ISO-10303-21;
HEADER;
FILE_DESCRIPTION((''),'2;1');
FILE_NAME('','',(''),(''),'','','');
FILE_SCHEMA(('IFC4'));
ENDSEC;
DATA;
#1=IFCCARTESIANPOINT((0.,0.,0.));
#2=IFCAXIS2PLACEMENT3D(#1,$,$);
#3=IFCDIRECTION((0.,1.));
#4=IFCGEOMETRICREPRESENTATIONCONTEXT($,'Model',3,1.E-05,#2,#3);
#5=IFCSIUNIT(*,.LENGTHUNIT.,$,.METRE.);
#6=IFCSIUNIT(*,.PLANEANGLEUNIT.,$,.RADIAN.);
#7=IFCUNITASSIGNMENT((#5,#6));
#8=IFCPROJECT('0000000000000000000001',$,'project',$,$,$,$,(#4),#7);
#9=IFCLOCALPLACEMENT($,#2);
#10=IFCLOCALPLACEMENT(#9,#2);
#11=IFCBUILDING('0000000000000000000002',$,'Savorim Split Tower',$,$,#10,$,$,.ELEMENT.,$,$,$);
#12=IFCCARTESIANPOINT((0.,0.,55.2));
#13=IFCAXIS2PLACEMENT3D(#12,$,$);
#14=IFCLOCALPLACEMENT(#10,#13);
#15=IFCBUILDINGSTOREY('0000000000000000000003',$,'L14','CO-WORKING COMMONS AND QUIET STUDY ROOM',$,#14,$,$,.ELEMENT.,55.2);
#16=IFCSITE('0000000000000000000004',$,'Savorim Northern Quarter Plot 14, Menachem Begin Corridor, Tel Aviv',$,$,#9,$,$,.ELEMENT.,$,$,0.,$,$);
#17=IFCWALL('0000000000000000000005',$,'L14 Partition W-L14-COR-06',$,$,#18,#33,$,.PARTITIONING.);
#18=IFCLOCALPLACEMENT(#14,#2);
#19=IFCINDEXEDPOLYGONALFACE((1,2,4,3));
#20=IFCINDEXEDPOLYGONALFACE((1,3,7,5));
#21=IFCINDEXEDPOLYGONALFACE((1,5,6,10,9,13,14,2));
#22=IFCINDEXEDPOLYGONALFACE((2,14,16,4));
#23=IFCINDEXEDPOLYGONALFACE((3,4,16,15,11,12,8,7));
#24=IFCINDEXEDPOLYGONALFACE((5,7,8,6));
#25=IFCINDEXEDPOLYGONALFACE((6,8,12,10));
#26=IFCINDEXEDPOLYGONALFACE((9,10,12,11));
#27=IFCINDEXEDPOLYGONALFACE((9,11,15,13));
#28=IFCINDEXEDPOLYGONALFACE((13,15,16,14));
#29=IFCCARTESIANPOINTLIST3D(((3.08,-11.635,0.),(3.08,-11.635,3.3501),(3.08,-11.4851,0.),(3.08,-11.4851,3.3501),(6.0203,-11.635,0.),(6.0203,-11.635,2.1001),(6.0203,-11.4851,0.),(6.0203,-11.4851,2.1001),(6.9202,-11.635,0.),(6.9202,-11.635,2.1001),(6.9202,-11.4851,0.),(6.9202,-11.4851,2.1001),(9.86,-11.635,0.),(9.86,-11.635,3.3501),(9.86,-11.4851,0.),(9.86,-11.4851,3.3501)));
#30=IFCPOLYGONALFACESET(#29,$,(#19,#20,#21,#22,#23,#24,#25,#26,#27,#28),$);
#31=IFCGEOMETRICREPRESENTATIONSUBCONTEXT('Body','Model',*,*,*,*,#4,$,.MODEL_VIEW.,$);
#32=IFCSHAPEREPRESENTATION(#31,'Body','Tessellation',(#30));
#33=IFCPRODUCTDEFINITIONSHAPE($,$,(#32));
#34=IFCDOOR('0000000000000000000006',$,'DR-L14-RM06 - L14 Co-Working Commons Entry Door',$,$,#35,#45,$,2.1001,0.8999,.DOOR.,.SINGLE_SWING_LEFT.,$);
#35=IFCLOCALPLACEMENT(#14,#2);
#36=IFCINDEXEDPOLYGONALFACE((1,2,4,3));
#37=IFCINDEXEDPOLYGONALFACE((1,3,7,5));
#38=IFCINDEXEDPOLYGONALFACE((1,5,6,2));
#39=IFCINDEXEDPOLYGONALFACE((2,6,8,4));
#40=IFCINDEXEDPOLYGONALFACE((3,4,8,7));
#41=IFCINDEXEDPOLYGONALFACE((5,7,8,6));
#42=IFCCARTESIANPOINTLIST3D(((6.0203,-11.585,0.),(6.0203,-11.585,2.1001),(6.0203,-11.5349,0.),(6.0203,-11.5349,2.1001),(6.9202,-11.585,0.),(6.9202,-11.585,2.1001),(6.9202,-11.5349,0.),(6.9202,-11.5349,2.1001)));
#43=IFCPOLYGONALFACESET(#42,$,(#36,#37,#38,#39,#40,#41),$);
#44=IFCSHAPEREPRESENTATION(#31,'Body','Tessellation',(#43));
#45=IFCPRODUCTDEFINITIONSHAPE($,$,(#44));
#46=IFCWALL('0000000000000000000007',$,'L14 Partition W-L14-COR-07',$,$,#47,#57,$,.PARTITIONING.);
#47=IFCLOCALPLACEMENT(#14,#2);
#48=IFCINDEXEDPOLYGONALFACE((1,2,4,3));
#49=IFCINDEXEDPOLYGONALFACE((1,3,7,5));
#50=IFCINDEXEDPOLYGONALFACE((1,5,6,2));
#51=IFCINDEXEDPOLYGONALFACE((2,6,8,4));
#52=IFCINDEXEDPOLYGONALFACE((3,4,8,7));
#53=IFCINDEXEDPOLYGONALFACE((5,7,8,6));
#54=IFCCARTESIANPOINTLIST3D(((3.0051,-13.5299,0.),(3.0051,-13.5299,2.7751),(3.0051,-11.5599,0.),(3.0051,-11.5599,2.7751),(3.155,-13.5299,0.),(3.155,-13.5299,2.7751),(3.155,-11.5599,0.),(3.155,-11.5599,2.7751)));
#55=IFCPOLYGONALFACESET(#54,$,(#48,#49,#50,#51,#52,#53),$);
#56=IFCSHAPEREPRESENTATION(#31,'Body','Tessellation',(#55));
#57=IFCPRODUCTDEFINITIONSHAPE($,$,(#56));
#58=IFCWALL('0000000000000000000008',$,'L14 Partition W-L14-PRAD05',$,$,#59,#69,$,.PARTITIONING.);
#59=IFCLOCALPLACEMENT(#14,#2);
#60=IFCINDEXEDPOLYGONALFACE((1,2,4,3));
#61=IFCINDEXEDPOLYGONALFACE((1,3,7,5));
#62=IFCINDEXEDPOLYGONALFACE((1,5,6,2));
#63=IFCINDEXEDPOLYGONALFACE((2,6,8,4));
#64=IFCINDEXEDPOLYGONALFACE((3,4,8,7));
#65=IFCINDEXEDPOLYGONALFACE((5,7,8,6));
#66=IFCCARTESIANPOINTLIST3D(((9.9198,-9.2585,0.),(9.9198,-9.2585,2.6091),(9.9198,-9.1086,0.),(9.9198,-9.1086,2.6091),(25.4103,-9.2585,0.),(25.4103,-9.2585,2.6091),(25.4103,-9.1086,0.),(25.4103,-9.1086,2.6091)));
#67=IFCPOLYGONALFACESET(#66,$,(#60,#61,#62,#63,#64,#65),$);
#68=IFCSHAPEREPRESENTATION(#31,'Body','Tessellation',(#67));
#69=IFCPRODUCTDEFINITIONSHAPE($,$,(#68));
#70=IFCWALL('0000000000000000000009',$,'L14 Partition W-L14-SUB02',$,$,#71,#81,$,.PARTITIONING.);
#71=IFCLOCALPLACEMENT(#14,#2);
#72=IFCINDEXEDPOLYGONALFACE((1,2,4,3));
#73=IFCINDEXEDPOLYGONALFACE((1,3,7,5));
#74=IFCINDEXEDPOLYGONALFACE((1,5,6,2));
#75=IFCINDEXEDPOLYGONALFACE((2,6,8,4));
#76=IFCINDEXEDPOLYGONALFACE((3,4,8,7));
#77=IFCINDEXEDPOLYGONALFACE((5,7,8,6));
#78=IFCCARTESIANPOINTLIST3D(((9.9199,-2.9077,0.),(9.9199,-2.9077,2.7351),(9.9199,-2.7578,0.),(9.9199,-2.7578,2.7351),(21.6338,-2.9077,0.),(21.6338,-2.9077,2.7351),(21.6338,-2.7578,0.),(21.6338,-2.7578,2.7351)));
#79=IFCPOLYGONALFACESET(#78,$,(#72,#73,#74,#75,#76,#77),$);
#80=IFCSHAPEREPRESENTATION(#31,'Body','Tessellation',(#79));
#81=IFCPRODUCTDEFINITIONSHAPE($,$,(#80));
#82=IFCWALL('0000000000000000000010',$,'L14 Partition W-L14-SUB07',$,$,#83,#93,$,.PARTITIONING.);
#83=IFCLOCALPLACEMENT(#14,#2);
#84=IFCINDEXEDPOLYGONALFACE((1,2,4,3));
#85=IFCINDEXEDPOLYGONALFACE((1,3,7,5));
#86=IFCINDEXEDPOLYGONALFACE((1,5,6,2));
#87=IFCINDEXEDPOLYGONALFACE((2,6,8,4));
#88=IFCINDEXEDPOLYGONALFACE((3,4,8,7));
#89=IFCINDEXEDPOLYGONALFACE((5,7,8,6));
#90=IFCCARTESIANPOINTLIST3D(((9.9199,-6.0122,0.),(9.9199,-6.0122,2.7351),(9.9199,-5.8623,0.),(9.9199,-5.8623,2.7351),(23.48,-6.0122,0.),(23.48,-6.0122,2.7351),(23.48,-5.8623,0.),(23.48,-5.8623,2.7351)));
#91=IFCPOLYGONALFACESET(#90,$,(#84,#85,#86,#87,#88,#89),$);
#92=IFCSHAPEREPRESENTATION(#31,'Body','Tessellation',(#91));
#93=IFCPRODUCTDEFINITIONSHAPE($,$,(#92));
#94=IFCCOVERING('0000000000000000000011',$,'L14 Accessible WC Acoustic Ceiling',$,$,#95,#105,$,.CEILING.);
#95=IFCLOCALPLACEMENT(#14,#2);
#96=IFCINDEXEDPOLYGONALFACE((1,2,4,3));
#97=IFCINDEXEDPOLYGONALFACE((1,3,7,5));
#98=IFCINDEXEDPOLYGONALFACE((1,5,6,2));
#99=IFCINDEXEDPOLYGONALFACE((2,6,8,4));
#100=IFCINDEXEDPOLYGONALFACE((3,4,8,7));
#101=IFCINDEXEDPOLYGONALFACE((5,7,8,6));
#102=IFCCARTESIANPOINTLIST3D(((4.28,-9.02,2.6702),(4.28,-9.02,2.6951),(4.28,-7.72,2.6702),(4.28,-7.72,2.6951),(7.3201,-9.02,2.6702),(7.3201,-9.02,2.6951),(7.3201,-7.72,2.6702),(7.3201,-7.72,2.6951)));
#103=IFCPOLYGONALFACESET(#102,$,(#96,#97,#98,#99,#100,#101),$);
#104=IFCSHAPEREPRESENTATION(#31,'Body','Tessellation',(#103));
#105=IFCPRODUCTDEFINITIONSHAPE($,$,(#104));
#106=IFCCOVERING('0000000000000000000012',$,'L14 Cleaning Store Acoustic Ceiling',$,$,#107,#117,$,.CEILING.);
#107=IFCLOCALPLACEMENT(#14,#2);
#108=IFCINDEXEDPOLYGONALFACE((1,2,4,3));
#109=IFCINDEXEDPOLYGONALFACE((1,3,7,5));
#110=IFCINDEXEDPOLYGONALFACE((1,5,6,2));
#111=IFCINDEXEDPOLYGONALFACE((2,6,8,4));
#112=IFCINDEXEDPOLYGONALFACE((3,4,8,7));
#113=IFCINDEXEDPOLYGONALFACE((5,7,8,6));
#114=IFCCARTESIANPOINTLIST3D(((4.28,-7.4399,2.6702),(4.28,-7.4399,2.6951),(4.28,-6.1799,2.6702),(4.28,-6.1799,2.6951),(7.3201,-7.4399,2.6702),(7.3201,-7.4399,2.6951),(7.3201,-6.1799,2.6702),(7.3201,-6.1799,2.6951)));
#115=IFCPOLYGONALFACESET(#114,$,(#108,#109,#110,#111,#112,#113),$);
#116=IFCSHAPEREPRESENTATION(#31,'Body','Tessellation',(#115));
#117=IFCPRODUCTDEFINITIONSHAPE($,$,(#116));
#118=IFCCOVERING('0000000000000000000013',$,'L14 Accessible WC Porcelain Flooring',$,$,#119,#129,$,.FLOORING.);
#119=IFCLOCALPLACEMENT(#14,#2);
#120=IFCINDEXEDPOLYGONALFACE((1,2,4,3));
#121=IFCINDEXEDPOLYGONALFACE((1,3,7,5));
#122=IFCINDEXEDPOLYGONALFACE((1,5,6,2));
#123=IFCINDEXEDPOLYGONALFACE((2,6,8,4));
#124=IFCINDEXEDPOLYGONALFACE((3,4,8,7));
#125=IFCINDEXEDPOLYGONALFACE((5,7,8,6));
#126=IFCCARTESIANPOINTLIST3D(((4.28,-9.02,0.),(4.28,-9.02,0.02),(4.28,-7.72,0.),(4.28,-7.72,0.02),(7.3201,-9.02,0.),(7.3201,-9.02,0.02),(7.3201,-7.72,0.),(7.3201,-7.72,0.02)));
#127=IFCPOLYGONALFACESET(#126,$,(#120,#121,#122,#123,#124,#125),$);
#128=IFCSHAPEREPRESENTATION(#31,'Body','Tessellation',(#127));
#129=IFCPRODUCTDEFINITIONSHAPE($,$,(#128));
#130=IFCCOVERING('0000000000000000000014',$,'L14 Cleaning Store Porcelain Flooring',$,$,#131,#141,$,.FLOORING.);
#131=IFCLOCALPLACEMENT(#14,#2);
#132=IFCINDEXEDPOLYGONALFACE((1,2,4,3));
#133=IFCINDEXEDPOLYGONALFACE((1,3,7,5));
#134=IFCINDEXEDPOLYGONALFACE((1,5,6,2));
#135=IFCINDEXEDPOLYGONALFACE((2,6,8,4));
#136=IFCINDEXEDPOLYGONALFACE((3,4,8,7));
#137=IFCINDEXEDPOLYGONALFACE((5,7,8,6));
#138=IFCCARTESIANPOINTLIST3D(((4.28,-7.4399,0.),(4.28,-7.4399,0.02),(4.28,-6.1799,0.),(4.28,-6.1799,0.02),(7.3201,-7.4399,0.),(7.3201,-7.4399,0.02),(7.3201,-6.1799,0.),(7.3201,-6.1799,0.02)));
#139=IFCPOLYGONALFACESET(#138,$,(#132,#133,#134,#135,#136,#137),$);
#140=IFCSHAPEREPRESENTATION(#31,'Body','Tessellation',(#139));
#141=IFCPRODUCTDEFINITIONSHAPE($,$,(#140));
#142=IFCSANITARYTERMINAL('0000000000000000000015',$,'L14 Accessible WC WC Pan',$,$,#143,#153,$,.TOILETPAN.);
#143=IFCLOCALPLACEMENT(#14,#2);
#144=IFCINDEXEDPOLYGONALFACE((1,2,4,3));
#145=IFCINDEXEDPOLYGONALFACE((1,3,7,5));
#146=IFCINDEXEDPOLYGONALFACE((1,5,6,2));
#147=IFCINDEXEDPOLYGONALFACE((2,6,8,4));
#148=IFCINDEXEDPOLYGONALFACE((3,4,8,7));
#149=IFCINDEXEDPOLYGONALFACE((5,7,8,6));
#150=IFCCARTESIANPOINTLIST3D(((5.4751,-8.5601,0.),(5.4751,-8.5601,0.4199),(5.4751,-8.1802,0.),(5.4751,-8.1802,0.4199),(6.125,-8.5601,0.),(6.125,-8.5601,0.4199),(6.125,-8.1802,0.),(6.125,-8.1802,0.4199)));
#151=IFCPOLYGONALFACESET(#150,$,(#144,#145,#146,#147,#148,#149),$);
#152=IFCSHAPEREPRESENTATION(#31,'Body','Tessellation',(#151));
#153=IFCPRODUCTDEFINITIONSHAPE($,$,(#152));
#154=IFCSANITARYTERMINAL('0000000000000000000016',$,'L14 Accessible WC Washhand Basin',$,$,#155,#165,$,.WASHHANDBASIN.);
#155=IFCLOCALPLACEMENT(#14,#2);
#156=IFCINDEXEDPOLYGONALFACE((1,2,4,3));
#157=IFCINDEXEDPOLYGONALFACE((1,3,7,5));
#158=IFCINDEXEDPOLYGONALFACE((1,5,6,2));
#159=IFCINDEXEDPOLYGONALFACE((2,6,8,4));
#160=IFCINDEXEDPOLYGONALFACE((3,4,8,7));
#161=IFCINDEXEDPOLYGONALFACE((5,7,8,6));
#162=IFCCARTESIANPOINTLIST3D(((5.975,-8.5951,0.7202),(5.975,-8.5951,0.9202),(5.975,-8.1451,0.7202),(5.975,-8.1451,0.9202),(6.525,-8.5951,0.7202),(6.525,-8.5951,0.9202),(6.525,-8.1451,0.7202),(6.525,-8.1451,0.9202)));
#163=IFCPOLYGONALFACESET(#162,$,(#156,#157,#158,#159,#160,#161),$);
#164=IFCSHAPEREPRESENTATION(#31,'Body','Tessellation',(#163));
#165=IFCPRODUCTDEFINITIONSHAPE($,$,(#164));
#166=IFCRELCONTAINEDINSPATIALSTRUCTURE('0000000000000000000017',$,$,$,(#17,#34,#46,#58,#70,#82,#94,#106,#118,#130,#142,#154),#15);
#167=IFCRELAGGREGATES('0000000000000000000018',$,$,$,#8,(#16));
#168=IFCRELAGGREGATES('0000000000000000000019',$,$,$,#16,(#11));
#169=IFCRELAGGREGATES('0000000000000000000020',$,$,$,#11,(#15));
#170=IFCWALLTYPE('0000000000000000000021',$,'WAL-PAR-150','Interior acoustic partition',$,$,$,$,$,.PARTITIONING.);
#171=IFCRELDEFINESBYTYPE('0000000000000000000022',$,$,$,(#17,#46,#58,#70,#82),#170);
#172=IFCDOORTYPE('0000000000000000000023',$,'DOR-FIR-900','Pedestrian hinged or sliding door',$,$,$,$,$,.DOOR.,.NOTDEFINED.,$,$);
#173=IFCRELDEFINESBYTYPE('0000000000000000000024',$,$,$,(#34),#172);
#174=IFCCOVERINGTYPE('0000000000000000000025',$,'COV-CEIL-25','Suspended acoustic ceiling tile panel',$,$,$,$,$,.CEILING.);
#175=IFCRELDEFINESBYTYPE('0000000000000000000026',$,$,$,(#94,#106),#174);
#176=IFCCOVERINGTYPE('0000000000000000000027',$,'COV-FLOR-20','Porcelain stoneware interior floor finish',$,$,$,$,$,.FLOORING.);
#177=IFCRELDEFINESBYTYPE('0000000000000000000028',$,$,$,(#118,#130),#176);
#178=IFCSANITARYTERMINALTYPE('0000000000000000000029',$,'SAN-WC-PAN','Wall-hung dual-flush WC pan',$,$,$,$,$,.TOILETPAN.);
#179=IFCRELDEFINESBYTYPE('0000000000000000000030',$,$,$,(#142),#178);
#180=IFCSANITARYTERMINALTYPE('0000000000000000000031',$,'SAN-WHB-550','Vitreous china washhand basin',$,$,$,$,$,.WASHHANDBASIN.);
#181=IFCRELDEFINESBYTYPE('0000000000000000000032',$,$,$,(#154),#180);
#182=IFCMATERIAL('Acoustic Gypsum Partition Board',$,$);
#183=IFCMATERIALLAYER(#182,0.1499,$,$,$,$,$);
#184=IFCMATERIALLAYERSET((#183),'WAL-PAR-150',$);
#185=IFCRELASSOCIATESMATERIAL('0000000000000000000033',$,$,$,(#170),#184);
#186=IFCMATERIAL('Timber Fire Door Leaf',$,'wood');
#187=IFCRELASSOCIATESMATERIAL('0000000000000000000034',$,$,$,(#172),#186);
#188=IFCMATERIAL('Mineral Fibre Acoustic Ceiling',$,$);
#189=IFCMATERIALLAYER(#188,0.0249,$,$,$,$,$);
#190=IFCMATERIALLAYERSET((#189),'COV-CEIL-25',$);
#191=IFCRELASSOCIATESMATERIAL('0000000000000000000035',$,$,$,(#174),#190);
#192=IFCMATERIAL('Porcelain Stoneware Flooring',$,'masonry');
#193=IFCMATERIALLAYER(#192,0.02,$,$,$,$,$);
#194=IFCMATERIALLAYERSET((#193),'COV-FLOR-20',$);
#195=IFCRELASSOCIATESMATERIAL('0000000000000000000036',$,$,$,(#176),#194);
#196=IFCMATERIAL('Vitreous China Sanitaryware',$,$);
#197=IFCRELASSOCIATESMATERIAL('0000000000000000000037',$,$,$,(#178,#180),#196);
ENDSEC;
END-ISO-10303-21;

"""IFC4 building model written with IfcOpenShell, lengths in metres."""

from ifc_helpers import new_model, si_unit, direction, frame, frame_2d, origin, origin_2d, place, context, subcontext, project, spatial, polyline, rectangle, outline, extrude, material, layer, layer_set, type_object, element, fill, save


model = new_model("IFC4")

# Units and contexts
model_context = context("Model", 3, precision=1e-05, world=origin(), true_north=direction((0.0, 1.0)))
body_context = subcontext(model_context, "Body", "Model", "MODEL_VIEW")
ifc_project = project(units=[si_unit("LENGTHUNIT", "METRE"), si_unit("PLANEANGLEUNIT", "RADIAN")], contexts=[model_context])

# Site, building, storey
site_placement = place(None, origin())
site = spatial("IfcSite", under=ifc_project, at=site_placement, Name="Savorim Northern Quarter Plot 14, Menachem Begin Corridor, Tel Aviv", CompositionType="ELEMENT", RefElevation=0.0)
building_placement = place(site_placement, origin())
building = spatial("IfcBuilding", under=site, at=building_placement, Name="Savorim Split Tower", CompositionType="ELEMENT")
storey_placement = place(building_placement, frame((0.0, 0.0, 55.2)))
storey = spatial("IfcBuildingStorey", under=building, at=storey_placement, Name="L14", Description="CO-WORKING COMMONS AND QUIET STUDY ROOM", CompositionType="ELEMENT", Elevation=55.2)

# Shared definitions
ifc_material_1 = material(Name="Acoustic Gypsum Partition Board")
ifc_layer_1 = layer(ifc_material_1, 0.1499)
ifc_layer_set_1 = layer_set([ifc_layer_1], Name="WAL-PAR-150")
wall_type_1 = type_object("IfcWallType", Name="WAL-PAR-150", Description="Interior acoustic partition", PredefinedType="PARTITIONING", material=ifc_layer_set_1)

# Shared definitions
ifc_material_2 = material(Name="Timber Fire Door Leaf", Category="wood")
door_type_1 = type_object("IfcDoorType", Name="DOR-FIR-900", Description="Pedestrian hinged or sliding door", OperationType="NOTDEFINED", PredefinedType="DOOR", material=ifc_material_2)

# Wall, opening, door
wall_1_placement = place(storey_placement, frame((9.8601, -11.5601, 0.0), z_axis=(0.0, 0.0, 1.0), x_axis=(-1.0, 0.0, 0.0)))
wall_1 = element("IfcWall", 1, at=wall_1_placement, inside=storey, type_object=wall_type_1, Name="L14 Partition W-L14-COR-06", PredefinedType="PARTITIONING", context=body_context, shape_type="SweptSolid", body=[
    extrude(rectangle(XDim=6.78, YDim=0.1499, at=frame_2d((3.3901, 0.0))), origin(), (0.0, 0.0, 1.0), 3.3501),
])
opening_1_placement = place(wall_1_placement, frame((2.9399, 0.0, 0.0)))
opening_1 = element("IfcOpeningElement", 2, at=opening_1_placement, cuts=wall_1, PredefinedType="OPENING", context=body_context, shape_type="SweptSolid", body=[
    extrude(rectangle(XDim=0.8999, YDim=2.1001, at=frame_2d((0.45, 1.05))), frame((0.0, 0.085, 0.0), z_axis=(0.0, -1.0, 0.0), x_axis=(1.0, 0.0, 0.0)), (0.0, 0.0, 1.0), 0.1699),
])
door_1_placement = place(opening_1_placement, origin())
door_1 = element("IfcDoor", 3, at=door_1_placement, inside=storey, type_object=door_type_1, Name="DR-L14-RM06 - L14 Co-Working Commons Entry Door", OperationType="SINGLE_SWING_LEFT", OverallHeight=2.1001, OverallWidth=0.8999, PredefinedType="DOOR", context=body_context, shape_type="SweptSolid", body=[
    extrude(rectangle(XDim=0.8999, YDim=2.1001, at=frame_2d((0.45, 1.05))), frame((0.0, 0.0249, 0.0), z_axis=(0.0, -1.0, 0.0), x_axis=(1.0, 0.0, 0.0)), (0.0, 0.0, 1.0), 0.05),
])
fill(opening_1, door_1)

# Walls
wall_2_placement = place(storey_placement, frame((3.0801, -11.5601, 0.0), z_axis=(0.0, 0.0, 1.0), x_axis=(0.0, -1.0, 0.0)))
element("IfcWall", 4, at=wall_2_placement, inside=storey, type_object=wall_type_1, Name="L14 Partition W-L14-COR-07", PredefinedType="PARTITIONING", context=body_context, shape_type="SweptSolid", body=[
    extrude(rectangle(XDim=1.97, YDim=0.1499, at=frame_2d((0.9849, 0.0))), origin(), (0.0, 0.0, 1.0), 2.7751),
])
wall_3_placement = place(storey_placement, frame((9.9199, -9.1836, 0.0), z_axis=(0.0, 0.0, 1.0), x_axis=(1.0, 0.0, 0.0)))
element("IfcWall", 5, at=wall_3_placement, inside=storey, type_object=wall_type_1, Name="L14 Partition W-L14-PRAD05", PredefinedType="PARTITIONING", context=body_context, shape_type="SweptSolid", body=[
    extrude(rectangle(XDim=15.4905, YDim=0.1499, at=frame_2d((7.7451, 0.0))), origin(), (0.0, 0.0, 1.0), 2.6091),
])
wall_4_placement = place(storey_placement, frame((9.9199, -2.8328, 0.0), z_axis=(0.0, 0.0, 1.0), x_axis=(1.0, 0.0, 0.0)))
element("IfcWall", 6, at=wall_4_placement, inside=storey, type_object=wall_type_1, Name="L14 Partition W-L14-SUB02", PredefinedType="PARTITIONING", context=body_context, shape_type="SweptSolid", body=[
    extrude(rectangle(XDim=11.7139, YDim=0.1499, at=frame_2d((5.8569, 0.0))), origin(), (0.0, 0.0, 1.0), 2.7351),
])
wall_5_placement = place(storey_placement, frame((9.9199, -5.9373, 0.0), z_axis=(0.0, 0.0, 1.0), x_axis=(1.0, 0.0, 0.0)))
element("IfcWall", 7, at=wall_5_placement, inside=storey, type_object=wall_type_1, Name="L14 Partition W-L14-SUB07", PredefinedType="PARTITIONING", context=body_context, shape_type="SweptSolid", body=[
    extrude(rectangle(XDim=13.5601, YDim=0.1499, at=frame_2d((6.78, 0.0))), origin(), (0.0, 0.0, 1.0), 2.7351),
])

# Coverings
ifc_material_3 = material(Name="Mineral Fibre Acoustic Ceiling")
ifc_layer_2 = layer(ifc_material_3, 0.0249)
ifc_layer_set_2 = layer_set([ifc_layer_2], Name="COV-CEIL-25")
covering_type_1 = type_object("IfcCoveringType", Name="COV-CEIL-25", Description="Suspended acoustic ceiling tile panel", PredefinedType="CEILING", material=ifc_layer_set_2)
covering_1_placement = place(storey_placement, frame((0.0, 0.0, 2.6702)))
element("IfcCovering", 8, at=covering_1_placement, inside=storey, type_object=covering_type_1, Name="L14 Accessible WC Acoustic Ceiling", PredefinedType="CEILING", context=body_context, shape_type="SweptSolid", body=[
    extrude(outline(polyline([(4.28, -7.72), (4.28, -9.02), (7.3201, -9.02), (7.3201, -7.72), (4.28, -7.72)])), origin(), (0.0, 0.0, 1.0), 0.0249),
])
covering_2_placement = place(storey_placement, frame((0.0, 0.0, 2.6702)))
element("IfcCovering", 9, at=covering_2_placement, inside=storey, type_object=covering_type_1, Name="L14 Cleaning Store Acoustic Ceiling", PredefinedType="CEILING", context=body_context, shape_type="SweptSolid", body=[
    extrude(outline(polyline([(4.28, -6.1799), (4.28, -7.4399), (7.3201, -7.4399), (7.3201, -6.1799), (4.28, -6.1799)])), origin(), (0.0, 0.0, 1.0), 0.0249),
])
ifc_material_4 = material(Name="Porcelain Stoneware Flooring", Category="masonry")
ifc_layer_3 = layer(ifc_material_4, 0.02)
ifc_layer_set_3 = layer_set([ifc_layer_3], Name="COV-FLOR-20")
covering_type_2 = type_object("IfcCoveringType", Name="COV-FLOR-20", Description="Porcelain stoneware interior floor finish", PredefinedType="FLOORING", material=ifc_layer_set_3)
covering_3_placement = place(storey_placement, origin())
element("IfcCovering", 10, at=covering_3_placement, inside=storey, type_object=covering_type_2, Name="L14 Accessible WC Porcelain Flooring", PredefinedType="FLOORING", context=body_context, shape_type="SweptSolid", body=[
    extrude(outline(polyline([(4.28, -7.72), (4.28, -9.02), (7.3201, -9.02), (7.3201, -7.72), (4.28, -7.72)])), origin(), (0.0, 0.0, 1.0), 0.02),
])
covering_4_placement = place(storey_placement, origin())
element("IfcCovering", 11, at=covering_4_placement, inside=storey, type_object=covering_type_2, Name="L14 Cleaning Store Porcelain Flooring", PredefinedType="FLOORING", context=body_context, shape_type="SweptSolid", body=[
    extrude(outline(polyline([(4.28, -6.1799), (4.28, -7.4399), (7.3201, -7.4399), (7.3201, -6.1799), (4.28, -6.1799)])), origin(), (0.0, 0.0, 1.0), 0.02),
])

# Sanitary terminals
ifc_material_5 = material(Name="Vitreous China Sanitaryware")
sanitary_terminal_type_1 = type_object("IfcSanitaryTerminalType", Name="SAN-WC-PAN", Description="Wall-hung dual-flush WC pan", PredefinedType="TOILETPAN", material=ifc_material_5)
sanitary_terminal_1_placement = place(storey_placement, frame((5.8, -8.3701, 0.0), z_axis=(0.0, 0.0, 1.0), x_axis=(1.0, 0.0, 0.0)))
element("IfcSanitaryTerminal", 12, at=sanitary_terminal_1_placement, inside=storey, type_object=sanitary_terminal_type_1, Name="L14 Accessible WC WC Pan", PredefinedType="TOILETPAN", context=body_context, shape_type="SweptSolid", body=[
    extrude(rectangle(XDim=0.6499, YDim=0.3799, at=origin_2d()), origin(), (0.0, 0.0, 1.0), 0.4199),
])
sanitary_terminal_type_2 = type_object("IfcSanitaryTerminalType", Name="SAN-WHB-550", Description="Vitreous china washhand basin", PredefinedType="WASHHANDBASIN", material=ifc_material_5)
sanitary_terminal_2_placement = place(storey_placement, frame((6.25, -8.3701, 0.7202), z_axis=(0.0, 0.0, 1.0), x_axis=(1.0, 0.0, 0.0)))
element("IfcSanitaryTerminal", 13, at=sanitary_terminal_2_placement, inside=storey, type_object=sanitary_terminal_type_2, Name="L14 Accessible WC Washhand Basin", PredefinedType="WASHHANDBASIN", context=body_context, shape_type="SweptSolid", body=[
    extrude(rectangle(XDim=0.55, YDim=0.45, at=origin_2d()), origin(), (0.0, 0.0, 1.0), 0.2),
])

save(model, "model.ifc")
